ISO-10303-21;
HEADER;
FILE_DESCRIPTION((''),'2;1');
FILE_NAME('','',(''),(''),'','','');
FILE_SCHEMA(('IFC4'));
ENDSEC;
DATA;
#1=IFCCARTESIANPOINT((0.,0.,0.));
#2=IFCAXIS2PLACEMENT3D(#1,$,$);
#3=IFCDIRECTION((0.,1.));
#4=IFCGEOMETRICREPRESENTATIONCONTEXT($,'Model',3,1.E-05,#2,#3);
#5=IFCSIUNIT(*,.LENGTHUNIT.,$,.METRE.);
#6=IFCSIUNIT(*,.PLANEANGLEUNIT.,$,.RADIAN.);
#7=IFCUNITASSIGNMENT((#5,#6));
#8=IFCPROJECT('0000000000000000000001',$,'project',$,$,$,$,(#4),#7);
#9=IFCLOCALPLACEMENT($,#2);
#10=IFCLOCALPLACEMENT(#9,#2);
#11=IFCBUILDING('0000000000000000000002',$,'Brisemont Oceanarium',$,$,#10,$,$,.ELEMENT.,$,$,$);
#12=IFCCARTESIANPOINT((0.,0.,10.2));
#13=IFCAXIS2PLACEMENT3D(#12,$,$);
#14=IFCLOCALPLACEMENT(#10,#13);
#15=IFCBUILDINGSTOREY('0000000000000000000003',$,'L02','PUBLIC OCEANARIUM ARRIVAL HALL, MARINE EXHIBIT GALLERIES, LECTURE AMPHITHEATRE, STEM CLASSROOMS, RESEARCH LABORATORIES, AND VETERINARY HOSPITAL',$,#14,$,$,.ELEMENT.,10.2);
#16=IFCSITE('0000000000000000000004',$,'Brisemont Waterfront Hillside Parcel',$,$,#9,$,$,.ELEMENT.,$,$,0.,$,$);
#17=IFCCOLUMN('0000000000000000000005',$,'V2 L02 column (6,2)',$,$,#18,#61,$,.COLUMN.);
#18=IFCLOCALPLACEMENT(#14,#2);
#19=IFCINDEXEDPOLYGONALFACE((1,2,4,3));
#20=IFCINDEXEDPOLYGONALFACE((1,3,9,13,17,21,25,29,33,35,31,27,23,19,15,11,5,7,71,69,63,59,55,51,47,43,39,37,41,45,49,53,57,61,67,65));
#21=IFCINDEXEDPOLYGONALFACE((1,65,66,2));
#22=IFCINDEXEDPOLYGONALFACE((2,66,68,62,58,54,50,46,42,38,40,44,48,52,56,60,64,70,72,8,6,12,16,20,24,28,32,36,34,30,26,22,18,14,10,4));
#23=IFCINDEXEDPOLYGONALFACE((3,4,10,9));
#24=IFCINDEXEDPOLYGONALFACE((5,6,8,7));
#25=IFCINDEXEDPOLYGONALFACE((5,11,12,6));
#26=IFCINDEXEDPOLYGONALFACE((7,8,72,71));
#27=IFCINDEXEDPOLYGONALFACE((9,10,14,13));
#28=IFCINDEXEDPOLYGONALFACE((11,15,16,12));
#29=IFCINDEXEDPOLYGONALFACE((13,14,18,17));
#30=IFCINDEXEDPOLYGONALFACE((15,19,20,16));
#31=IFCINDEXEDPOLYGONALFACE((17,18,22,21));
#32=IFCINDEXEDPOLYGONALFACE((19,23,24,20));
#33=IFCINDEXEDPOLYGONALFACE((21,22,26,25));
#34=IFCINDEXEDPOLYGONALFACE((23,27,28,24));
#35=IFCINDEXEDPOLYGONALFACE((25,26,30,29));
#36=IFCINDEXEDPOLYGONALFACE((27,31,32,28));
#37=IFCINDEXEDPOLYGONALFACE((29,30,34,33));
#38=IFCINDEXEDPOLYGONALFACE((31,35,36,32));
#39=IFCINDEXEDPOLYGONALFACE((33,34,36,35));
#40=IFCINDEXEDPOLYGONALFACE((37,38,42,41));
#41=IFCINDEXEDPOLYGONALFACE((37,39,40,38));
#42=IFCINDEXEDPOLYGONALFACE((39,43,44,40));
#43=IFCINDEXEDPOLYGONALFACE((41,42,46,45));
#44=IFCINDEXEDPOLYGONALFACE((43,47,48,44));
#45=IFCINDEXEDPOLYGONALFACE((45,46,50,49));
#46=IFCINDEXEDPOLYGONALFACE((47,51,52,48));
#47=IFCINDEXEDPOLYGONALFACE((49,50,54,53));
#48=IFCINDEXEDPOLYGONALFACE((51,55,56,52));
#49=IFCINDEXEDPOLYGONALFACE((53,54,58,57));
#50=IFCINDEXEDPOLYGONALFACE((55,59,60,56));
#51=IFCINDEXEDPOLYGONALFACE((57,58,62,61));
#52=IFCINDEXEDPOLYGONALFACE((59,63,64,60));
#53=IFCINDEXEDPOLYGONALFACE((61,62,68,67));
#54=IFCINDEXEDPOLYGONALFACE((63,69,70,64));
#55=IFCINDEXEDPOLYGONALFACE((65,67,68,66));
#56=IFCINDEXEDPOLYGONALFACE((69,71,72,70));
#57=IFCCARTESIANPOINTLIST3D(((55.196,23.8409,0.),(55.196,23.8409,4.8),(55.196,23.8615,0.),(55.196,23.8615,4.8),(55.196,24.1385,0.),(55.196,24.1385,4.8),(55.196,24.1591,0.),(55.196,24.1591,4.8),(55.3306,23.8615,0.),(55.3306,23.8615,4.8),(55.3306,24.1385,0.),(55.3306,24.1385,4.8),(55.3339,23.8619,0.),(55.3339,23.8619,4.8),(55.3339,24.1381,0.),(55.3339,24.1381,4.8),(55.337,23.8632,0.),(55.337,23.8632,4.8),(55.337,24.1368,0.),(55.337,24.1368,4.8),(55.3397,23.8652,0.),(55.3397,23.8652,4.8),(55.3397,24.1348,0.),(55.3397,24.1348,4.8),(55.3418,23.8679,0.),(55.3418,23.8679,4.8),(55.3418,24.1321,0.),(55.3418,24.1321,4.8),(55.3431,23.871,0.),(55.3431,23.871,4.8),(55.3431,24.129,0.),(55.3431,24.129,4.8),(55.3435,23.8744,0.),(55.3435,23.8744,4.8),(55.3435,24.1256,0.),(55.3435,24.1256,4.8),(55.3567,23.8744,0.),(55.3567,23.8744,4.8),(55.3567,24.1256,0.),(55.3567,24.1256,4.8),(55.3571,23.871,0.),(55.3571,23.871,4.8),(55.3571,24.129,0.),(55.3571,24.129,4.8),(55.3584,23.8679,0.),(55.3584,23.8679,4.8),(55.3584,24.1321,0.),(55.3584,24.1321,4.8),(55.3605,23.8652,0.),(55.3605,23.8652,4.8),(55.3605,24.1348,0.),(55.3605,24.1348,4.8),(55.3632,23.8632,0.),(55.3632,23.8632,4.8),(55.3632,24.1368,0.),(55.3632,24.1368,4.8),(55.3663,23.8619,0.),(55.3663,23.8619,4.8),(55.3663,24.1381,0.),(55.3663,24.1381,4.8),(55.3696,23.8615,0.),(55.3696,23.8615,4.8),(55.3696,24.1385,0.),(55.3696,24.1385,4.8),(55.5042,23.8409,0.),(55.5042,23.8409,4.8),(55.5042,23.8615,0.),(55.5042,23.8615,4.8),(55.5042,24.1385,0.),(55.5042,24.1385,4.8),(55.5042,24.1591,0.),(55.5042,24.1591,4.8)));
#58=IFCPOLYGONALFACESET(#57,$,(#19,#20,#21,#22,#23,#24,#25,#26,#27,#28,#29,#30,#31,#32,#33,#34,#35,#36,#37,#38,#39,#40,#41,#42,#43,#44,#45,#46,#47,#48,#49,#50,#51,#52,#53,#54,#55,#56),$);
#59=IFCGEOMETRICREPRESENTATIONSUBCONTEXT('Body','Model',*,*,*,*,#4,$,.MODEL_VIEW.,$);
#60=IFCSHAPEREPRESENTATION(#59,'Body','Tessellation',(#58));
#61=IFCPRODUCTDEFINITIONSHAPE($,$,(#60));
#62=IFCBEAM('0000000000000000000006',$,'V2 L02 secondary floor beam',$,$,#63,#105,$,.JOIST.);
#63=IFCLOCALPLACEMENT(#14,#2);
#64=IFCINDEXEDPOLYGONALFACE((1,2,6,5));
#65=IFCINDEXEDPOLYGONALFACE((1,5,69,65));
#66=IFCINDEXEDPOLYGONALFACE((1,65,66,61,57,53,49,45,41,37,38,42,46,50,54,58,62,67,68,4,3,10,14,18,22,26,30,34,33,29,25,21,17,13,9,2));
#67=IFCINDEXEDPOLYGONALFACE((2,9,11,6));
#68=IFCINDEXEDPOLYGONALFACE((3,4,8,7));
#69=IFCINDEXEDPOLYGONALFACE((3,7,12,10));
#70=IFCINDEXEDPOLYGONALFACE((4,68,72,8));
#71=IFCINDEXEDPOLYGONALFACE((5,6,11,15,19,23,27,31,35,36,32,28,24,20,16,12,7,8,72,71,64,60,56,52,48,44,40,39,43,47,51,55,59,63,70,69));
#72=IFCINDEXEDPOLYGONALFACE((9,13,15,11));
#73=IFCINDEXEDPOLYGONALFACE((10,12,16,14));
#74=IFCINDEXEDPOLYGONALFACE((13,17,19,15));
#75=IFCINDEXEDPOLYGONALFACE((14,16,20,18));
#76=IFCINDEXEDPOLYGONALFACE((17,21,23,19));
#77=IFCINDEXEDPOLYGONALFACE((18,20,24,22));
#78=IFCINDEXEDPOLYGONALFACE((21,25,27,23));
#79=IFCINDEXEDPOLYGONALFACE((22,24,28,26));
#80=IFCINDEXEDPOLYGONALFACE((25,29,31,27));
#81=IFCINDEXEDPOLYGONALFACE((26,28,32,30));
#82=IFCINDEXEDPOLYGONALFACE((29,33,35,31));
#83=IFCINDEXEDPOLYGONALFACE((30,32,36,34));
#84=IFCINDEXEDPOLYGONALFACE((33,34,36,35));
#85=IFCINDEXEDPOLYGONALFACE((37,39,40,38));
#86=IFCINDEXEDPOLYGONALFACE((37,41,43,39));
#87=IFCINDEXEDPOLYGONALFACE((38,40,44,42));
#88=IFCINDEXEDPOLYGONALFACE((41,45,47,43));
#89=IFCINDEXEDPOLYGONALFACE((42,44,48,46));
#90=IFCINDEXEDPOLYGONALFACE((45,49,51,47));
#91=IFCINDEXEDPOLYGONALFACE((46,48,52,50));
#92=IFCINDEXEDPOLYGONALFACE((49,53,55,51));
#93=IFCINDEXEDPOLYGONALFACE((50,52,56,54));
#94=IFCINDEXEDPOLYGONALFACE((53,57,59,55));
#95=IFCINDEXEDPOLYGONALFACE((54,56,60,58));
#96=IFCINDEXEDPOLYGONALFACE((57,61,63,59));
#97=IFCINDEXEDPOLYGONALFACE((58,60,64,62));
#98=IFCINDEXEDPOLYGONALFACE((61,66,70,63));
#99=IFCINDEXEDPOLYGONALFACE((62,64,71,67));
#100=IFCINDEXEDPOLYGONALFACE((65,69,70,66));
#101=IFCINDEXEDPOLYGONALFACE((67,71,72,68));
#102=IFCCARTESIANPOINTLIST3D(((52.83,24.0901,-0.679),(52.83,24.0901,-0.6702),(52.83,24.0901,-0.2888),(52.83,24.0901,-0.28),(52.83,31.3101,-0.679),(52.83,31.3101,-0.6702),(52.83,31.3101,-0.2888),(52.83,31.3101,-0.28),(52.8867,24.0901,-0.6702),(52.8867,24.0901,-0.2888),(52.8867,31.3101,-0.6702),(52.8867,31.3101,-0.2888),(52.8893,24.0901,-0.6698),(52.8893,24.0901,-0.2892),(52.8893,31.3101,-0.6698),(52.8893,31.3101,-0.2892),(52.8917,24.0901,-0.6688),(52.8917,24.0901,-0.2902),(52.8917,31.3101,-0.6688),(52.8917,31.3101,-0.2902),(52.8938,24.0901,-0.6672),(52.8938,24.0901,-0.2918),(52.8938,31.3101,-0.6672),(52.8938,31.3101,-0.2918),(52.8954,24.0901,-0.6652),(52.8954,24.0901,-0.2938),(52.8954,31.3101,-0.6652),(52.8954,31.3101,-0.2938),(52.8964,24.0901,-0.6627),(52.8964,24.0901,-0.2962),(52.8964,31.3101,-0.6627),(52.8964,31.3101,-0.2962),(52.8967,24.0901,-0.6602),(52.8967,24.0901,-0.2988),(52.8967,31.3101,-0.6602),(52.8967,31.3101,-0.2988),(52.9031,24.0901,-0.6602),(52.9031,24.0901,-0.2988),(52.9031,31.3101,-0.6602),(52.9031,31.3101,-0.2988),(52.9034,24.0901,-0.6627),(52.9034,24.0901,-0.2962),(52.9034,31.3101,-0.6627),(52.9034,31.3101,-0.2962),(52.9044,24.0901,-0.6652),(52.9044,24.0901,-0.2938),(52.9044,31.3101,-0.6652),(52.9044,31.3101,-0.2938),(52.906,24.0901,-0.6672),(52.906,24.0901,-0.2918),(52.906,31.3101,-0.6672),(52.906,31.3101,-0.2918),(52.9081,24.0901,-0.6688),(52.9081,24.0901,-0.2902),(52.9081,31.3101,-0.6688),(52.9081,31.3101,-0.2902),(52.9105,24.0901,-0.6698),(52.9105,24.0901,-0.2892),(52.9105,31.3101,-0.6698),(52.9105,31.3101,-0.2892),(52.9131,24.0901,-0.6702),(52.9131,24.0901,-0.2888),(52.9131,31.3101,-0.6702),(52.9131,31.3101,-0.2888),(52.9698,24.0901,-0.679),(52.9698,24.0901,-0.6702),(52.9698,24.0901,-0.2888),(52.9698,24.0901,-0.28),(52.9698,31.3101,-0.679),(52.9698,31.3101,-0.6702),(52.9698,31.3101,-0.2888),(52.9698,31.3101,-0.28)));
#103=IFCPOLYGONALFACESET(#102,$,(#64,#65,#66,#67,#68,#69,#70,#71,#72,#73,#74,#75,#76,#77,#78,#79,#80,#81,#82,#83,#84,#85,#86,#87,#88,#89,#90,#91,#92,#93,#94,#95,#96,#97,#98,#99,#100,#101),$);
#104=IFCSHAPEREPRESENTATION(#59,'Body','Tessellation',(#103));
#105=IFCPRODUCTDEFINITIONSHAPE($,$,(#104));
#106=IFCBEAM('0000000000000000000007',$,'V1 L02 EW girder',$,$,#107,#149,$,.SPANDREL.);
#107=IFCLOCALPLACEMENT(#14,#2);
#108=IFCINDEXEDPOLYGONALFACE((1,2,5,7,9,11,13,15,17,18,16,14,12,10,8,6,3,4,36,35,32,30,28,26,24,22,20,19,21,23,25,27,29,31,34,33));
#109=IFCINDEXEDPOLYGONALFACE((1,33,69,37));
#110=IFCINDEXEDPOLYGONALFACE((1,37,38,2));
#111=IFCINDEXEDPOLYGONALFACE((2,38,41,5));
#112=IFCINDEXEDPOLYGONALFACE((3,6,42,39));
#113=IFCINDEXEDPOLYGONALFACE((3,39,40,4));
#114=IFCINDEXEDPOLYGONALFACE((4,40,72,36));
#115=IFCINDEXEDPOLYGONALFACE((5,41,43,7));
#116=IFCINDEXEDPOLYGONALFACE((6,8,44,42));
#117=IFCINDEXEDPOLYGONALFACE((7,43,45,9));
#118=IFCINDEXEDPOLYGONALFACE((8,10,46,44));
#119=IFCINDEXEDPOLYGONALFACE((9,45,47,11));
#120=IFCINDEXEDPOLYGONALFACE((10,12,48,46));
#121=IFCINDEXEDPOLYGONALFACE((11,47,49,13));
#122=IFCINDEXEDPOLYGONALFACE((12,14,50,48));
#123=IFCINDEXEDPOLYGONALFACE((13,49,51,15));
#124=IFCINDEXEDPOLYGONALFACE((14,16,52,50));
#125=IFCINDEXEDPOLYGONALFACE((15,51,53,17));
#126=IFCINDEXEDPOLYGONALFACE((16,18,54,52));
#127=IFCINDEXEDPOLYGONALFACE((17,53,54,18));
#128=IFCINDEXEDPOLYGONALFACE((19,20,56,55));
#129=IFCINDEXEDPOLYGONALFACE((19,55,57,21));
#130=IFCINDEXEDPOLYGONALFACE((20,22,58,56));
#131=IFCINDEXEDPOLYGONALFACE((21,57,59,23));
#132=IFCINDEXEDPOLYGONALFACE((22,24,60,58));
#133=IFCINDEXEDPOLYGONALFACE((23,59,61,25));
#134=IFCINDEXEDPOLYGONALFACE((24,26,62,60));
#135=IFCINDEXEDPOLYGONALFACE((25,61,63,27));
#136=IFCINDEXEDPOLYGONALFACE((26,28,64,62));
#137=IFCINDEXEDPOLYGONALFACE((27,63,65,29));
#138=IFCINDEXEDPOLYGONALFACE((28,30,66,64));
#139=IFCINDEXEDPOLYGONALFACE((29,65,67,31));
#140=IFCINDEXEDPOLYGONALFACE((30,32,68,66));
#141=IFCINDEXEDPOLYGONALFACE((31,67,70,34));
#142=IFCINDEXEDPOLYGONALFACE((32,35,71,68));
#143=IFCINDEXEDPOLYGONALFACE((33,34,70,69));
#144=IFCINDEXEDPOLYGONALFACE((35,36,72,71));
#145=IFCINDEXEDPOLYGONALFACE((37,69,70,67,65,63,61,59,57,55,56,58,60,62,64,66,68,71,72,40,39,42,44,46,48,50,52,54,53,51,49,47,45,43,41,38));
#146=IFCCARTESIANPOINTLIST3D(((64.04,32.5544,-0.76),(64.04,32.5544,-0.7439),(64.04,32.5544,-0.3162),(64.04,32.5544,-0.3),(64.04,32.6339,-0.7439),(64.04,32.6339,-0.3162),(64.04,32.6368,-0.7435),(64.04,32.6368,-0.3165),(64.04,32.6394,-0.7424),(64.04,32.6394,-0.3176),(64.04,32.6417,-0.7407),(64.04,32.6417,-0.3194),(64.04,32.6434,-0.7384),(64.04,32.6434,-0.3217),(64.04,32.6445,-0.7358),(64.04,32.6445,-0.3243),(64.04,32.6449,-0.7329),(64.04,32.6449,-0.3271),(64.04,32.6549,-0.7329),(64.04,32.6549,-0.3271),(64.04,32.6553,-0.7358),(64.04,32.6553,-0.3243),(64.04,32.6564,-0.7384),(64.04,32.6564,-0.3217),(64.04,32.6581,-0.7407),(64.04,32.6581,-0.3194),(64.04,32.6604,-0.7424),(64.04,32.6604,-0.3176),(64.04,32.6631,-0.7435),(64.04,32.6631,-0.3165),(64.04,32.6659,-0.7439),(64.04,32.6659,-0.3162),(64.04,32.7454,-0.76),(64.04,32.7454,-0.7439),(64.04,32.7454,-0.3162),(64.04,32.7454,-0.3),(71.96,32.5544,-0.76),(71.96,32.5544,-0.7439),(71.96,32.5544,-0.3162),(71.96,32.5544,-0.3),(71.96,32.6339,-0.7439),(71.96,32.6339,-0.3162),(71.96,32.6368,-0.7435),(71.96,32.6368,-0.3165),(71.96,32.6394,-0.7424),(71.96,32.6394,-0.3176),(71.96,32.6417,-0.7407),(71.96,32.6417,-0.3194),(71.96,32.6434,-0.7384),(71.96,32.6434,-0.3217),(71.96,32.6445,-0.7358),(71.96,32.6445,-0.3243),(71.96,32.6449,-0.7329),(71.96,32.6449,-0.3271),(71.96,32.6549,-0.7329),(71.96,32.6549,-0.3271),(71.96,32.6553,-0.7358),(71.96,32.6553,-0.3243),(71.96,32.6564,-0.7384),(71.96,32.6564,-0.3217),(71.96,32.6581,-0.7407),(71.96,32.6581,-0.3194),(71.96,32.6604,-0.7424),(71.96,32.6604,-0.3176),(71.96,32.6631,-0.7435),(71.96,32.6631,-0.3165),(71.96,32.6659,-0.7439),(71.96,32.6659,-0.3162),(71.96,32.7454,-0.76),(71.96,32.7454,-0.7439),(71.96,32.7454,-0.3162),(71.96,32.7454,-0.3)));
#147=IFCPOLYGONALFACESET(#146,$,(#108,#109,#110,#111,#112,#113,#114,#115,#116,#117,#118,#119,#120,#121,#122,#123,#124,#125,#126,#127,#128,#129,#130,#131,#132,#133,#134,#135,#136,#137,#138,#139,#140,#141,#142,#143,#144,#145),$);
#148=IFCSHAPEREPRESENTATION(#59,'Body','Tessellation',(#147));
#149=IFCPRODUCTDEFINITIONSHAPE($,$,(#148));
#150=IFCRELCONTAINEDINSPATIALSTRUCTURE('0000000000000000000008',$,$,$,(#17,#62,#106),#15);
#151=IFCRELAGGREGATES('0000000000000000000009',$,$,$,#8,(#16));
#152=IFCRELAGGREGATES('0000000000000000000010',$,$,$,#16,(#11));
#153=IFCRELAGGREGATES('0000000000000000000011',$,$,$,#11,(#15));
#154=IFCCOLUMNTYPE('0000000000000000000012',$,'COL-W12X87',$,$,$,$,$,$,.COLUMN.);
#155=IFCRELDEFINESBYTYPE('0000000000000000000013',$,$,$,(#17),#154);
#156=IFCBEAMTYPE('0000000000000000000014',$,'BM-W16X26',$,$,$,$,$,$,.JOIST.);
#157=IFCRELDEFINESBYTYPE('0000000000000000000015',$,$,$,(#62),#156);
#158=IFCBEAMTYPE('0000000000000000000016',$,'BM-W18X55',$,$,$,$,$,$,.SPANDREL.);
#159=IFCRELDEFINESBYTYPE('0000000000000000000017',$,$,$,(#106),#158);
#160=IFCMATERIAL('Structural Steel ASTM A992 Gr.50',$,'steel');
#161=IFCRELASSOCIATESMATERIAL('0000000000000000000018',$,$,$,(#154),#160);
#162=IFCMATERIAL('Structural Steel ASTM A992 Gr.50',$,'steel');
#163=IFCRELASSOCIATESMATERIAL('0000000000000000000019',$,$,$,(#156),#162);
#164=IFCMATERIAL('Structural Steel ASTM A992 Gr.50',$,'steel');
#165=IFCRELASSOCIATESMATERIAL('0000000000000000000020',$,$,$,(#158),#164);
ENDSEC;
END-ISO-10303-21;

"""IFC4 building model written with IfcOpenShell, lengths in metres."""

from ifc_helpers import new_model, si_unit, direction, frame, origin, origin_2d, place, context, subcontext, project, spatial, i_section, extrude, material, material_profile, profile_set, type_object, element, save


model = new_model("IFC4")

# Units and contexts
model_context = context("Model", 3, precision=1e-05, world=origin(), true_north=direction((0.0, 1.0)))
body_context = subcontext(model_context, "Body", "Model", "MODEL_VIEW")
ifc_project = project(units=[si_unit("LENGTHUNIT", "METRE"), si_unit("PLANEANGLEUNIT", "RADIAN")], contexts=[model_context])

# Site, building, storey
site_placement = place(None, origin())
site = spatial("IfcSite", under=ifc_project, at=site_placement, Name="Brisemont Waterfront Hillside Parcel", CompositionType="ELEMENT", RefElevation=0.0)
building_placement = place(site_placement, origin())
building = spatial("IfcBuilding", under=site, at=building_placement, Name="Brisemont Oceanarium", CompositionType="ELEMENT")
storey_placement = place(building_placement, frame((0.0, 0.0, 10.2)))
storey = spatial("IfcBuildingStorey", under=building, at=storey_placement, Name="L02", Description="PUBLIC OCEANARIUM ARRIVAL HALL, MARINE EXHIBIT GALLERIES, LECTURE AMPHITHEATRE, STEM CLASSROOMS, RESEARCH LABORATORIES, AND VETERINARY HOSPITAL", CompositionType="ELEMENT", Elevation=10.2)

# Column
ifc_material_1 = material(Name="Structural Steel ASTM A992 Gr.50", Category="steel")
ifc_material_profile_1 = material_profile(ifc_material_1, i_section(OverallWidth=0.3081, OverallDepth=0.3181, WebThickness=0.0132, FlangeThickness=0.0205, FilletRadius=0.0129, at=origin_2d()), Name="W12X87")
ifc_profile_set_1 = profile_set([ifc_material_profile_1], Name="Structural Steel ASTM A992 Gr.50")
column_type_1 = type_object("IfcColumnType", Name="COL-W12X87", PredefinedType="COLUMN", material=ifc_profile_set_1)
column_1_placement = place(storey_placement, frame((55.3501, 24.0, 0.0), z_axis=(0.0, 0.0, 1.0), x_axis=(1.0, 0.0, 0.0)))
element("IfcColumn", 1, at=column_1_placement, inside=storey, type_object=column_type_1, Name="V2 L02 column (6,2)", PredefinedType="COLUMN", context=body_context, shape_type="SweptSolid", body=[
    extrude(i_section(OverallWidth=0.3081, OverallDepth=0.3181, WebThickness=0.0132, FlangeThickness=0.0205, FilletRadius=0.0129, at=origin_2d()), origin(), (0.0, 0.0, 1.0), 4.8),
])

# Beams
ifc_material_2 = material(Name="Structural Steel ASTM A992 Gr.50", Category="steel")
ifc_material_profile_2 = material_profile(ifc_material_2, i_section(OverallWidth=0.1399, OverallDepth=0.3989, WebThickness=0.0063, FlangeThickness=0.0088, FilletRadius=0.01, at=origin_2d()), Name="W16X26")
ifc_profile_set_2 = profile_set([ifc_material_profile_2], Name="Structural Steel ASTM A992 Gr.50")
beam_type_1 = type_object("IfcBeamType", Name="BM-W16X26", PredefinedType="JOIST", material=ifc_profile_set_2)
beam_1_placement = place(storey_placement, frame((52.8999, 24.0901, -0.4795), z_axis=(0.0, 1.0, 0.0), x_axis=(-1.0, 0.0, 0.0)))
element("IfcBeam", 2, at=beam_1_placement, inside=storey, type_object=beam_type_1, Name="V2 L02 secondary floor beam", PredefinedType="JOIST", context=body_context, shape_type="SweptSolid", body=[
    extrude(i_section(OverallWidth=0.1399, OverallDepth=0.3989, WebThickness=0.0063, FlangeThickness=0.0088, FilletRadius=0.01, at=origin_2d()), origin(), (0.0, 0.0, 1.0), 7.22),
])
ifc_material_3 = material(Name="Structural Steel ASTM A992 Gr.50", Category="steel")
ifc_material_profile_3 = material_profile(ifc_material_3, i_section(OverallWidth=0.1909, OverallDepth=0.46, WebThickness=0.01, FlangeThickness=0.0161, FilletRadius=0.011, at=origin_2d()), Name="W18X55")
ifc_profile_set_3 = profile_set([ifc_material_profile_3], Name="Structural Steel ASTM A992 Gr.50")
beam_type_2 = type_object("IfcBeamType", Name="BM-W18X55", PredefinedType="SPANDREL", material=ifc_profile_set_3)
beam_2_placement = place(storey_placement, frame((64.04, 32.6499, -0.53), z_axis=(1.0, 0.0, 0.0), x_axis=(0.0, 1.0, 0.0)))
element("IfcBeam", 3, at=beam_2_placement, inside=storey, type_object=beam_type_2, Name="V1 L02 EW girder", PredefinedType="SPANDREL", context=body_context, shape_type="SweptSolid", body=[
    extrude(i_section(OverallWidth=0.1909, OverallDepth=0.46, WebThickness=0.01, FlangeThickness=0.0161, FilletRadius=0.011, at=origin_2d()), origin(), (0.0, 0.0, 1.0), 7.9199),
])

save(model, "model.ifc")
